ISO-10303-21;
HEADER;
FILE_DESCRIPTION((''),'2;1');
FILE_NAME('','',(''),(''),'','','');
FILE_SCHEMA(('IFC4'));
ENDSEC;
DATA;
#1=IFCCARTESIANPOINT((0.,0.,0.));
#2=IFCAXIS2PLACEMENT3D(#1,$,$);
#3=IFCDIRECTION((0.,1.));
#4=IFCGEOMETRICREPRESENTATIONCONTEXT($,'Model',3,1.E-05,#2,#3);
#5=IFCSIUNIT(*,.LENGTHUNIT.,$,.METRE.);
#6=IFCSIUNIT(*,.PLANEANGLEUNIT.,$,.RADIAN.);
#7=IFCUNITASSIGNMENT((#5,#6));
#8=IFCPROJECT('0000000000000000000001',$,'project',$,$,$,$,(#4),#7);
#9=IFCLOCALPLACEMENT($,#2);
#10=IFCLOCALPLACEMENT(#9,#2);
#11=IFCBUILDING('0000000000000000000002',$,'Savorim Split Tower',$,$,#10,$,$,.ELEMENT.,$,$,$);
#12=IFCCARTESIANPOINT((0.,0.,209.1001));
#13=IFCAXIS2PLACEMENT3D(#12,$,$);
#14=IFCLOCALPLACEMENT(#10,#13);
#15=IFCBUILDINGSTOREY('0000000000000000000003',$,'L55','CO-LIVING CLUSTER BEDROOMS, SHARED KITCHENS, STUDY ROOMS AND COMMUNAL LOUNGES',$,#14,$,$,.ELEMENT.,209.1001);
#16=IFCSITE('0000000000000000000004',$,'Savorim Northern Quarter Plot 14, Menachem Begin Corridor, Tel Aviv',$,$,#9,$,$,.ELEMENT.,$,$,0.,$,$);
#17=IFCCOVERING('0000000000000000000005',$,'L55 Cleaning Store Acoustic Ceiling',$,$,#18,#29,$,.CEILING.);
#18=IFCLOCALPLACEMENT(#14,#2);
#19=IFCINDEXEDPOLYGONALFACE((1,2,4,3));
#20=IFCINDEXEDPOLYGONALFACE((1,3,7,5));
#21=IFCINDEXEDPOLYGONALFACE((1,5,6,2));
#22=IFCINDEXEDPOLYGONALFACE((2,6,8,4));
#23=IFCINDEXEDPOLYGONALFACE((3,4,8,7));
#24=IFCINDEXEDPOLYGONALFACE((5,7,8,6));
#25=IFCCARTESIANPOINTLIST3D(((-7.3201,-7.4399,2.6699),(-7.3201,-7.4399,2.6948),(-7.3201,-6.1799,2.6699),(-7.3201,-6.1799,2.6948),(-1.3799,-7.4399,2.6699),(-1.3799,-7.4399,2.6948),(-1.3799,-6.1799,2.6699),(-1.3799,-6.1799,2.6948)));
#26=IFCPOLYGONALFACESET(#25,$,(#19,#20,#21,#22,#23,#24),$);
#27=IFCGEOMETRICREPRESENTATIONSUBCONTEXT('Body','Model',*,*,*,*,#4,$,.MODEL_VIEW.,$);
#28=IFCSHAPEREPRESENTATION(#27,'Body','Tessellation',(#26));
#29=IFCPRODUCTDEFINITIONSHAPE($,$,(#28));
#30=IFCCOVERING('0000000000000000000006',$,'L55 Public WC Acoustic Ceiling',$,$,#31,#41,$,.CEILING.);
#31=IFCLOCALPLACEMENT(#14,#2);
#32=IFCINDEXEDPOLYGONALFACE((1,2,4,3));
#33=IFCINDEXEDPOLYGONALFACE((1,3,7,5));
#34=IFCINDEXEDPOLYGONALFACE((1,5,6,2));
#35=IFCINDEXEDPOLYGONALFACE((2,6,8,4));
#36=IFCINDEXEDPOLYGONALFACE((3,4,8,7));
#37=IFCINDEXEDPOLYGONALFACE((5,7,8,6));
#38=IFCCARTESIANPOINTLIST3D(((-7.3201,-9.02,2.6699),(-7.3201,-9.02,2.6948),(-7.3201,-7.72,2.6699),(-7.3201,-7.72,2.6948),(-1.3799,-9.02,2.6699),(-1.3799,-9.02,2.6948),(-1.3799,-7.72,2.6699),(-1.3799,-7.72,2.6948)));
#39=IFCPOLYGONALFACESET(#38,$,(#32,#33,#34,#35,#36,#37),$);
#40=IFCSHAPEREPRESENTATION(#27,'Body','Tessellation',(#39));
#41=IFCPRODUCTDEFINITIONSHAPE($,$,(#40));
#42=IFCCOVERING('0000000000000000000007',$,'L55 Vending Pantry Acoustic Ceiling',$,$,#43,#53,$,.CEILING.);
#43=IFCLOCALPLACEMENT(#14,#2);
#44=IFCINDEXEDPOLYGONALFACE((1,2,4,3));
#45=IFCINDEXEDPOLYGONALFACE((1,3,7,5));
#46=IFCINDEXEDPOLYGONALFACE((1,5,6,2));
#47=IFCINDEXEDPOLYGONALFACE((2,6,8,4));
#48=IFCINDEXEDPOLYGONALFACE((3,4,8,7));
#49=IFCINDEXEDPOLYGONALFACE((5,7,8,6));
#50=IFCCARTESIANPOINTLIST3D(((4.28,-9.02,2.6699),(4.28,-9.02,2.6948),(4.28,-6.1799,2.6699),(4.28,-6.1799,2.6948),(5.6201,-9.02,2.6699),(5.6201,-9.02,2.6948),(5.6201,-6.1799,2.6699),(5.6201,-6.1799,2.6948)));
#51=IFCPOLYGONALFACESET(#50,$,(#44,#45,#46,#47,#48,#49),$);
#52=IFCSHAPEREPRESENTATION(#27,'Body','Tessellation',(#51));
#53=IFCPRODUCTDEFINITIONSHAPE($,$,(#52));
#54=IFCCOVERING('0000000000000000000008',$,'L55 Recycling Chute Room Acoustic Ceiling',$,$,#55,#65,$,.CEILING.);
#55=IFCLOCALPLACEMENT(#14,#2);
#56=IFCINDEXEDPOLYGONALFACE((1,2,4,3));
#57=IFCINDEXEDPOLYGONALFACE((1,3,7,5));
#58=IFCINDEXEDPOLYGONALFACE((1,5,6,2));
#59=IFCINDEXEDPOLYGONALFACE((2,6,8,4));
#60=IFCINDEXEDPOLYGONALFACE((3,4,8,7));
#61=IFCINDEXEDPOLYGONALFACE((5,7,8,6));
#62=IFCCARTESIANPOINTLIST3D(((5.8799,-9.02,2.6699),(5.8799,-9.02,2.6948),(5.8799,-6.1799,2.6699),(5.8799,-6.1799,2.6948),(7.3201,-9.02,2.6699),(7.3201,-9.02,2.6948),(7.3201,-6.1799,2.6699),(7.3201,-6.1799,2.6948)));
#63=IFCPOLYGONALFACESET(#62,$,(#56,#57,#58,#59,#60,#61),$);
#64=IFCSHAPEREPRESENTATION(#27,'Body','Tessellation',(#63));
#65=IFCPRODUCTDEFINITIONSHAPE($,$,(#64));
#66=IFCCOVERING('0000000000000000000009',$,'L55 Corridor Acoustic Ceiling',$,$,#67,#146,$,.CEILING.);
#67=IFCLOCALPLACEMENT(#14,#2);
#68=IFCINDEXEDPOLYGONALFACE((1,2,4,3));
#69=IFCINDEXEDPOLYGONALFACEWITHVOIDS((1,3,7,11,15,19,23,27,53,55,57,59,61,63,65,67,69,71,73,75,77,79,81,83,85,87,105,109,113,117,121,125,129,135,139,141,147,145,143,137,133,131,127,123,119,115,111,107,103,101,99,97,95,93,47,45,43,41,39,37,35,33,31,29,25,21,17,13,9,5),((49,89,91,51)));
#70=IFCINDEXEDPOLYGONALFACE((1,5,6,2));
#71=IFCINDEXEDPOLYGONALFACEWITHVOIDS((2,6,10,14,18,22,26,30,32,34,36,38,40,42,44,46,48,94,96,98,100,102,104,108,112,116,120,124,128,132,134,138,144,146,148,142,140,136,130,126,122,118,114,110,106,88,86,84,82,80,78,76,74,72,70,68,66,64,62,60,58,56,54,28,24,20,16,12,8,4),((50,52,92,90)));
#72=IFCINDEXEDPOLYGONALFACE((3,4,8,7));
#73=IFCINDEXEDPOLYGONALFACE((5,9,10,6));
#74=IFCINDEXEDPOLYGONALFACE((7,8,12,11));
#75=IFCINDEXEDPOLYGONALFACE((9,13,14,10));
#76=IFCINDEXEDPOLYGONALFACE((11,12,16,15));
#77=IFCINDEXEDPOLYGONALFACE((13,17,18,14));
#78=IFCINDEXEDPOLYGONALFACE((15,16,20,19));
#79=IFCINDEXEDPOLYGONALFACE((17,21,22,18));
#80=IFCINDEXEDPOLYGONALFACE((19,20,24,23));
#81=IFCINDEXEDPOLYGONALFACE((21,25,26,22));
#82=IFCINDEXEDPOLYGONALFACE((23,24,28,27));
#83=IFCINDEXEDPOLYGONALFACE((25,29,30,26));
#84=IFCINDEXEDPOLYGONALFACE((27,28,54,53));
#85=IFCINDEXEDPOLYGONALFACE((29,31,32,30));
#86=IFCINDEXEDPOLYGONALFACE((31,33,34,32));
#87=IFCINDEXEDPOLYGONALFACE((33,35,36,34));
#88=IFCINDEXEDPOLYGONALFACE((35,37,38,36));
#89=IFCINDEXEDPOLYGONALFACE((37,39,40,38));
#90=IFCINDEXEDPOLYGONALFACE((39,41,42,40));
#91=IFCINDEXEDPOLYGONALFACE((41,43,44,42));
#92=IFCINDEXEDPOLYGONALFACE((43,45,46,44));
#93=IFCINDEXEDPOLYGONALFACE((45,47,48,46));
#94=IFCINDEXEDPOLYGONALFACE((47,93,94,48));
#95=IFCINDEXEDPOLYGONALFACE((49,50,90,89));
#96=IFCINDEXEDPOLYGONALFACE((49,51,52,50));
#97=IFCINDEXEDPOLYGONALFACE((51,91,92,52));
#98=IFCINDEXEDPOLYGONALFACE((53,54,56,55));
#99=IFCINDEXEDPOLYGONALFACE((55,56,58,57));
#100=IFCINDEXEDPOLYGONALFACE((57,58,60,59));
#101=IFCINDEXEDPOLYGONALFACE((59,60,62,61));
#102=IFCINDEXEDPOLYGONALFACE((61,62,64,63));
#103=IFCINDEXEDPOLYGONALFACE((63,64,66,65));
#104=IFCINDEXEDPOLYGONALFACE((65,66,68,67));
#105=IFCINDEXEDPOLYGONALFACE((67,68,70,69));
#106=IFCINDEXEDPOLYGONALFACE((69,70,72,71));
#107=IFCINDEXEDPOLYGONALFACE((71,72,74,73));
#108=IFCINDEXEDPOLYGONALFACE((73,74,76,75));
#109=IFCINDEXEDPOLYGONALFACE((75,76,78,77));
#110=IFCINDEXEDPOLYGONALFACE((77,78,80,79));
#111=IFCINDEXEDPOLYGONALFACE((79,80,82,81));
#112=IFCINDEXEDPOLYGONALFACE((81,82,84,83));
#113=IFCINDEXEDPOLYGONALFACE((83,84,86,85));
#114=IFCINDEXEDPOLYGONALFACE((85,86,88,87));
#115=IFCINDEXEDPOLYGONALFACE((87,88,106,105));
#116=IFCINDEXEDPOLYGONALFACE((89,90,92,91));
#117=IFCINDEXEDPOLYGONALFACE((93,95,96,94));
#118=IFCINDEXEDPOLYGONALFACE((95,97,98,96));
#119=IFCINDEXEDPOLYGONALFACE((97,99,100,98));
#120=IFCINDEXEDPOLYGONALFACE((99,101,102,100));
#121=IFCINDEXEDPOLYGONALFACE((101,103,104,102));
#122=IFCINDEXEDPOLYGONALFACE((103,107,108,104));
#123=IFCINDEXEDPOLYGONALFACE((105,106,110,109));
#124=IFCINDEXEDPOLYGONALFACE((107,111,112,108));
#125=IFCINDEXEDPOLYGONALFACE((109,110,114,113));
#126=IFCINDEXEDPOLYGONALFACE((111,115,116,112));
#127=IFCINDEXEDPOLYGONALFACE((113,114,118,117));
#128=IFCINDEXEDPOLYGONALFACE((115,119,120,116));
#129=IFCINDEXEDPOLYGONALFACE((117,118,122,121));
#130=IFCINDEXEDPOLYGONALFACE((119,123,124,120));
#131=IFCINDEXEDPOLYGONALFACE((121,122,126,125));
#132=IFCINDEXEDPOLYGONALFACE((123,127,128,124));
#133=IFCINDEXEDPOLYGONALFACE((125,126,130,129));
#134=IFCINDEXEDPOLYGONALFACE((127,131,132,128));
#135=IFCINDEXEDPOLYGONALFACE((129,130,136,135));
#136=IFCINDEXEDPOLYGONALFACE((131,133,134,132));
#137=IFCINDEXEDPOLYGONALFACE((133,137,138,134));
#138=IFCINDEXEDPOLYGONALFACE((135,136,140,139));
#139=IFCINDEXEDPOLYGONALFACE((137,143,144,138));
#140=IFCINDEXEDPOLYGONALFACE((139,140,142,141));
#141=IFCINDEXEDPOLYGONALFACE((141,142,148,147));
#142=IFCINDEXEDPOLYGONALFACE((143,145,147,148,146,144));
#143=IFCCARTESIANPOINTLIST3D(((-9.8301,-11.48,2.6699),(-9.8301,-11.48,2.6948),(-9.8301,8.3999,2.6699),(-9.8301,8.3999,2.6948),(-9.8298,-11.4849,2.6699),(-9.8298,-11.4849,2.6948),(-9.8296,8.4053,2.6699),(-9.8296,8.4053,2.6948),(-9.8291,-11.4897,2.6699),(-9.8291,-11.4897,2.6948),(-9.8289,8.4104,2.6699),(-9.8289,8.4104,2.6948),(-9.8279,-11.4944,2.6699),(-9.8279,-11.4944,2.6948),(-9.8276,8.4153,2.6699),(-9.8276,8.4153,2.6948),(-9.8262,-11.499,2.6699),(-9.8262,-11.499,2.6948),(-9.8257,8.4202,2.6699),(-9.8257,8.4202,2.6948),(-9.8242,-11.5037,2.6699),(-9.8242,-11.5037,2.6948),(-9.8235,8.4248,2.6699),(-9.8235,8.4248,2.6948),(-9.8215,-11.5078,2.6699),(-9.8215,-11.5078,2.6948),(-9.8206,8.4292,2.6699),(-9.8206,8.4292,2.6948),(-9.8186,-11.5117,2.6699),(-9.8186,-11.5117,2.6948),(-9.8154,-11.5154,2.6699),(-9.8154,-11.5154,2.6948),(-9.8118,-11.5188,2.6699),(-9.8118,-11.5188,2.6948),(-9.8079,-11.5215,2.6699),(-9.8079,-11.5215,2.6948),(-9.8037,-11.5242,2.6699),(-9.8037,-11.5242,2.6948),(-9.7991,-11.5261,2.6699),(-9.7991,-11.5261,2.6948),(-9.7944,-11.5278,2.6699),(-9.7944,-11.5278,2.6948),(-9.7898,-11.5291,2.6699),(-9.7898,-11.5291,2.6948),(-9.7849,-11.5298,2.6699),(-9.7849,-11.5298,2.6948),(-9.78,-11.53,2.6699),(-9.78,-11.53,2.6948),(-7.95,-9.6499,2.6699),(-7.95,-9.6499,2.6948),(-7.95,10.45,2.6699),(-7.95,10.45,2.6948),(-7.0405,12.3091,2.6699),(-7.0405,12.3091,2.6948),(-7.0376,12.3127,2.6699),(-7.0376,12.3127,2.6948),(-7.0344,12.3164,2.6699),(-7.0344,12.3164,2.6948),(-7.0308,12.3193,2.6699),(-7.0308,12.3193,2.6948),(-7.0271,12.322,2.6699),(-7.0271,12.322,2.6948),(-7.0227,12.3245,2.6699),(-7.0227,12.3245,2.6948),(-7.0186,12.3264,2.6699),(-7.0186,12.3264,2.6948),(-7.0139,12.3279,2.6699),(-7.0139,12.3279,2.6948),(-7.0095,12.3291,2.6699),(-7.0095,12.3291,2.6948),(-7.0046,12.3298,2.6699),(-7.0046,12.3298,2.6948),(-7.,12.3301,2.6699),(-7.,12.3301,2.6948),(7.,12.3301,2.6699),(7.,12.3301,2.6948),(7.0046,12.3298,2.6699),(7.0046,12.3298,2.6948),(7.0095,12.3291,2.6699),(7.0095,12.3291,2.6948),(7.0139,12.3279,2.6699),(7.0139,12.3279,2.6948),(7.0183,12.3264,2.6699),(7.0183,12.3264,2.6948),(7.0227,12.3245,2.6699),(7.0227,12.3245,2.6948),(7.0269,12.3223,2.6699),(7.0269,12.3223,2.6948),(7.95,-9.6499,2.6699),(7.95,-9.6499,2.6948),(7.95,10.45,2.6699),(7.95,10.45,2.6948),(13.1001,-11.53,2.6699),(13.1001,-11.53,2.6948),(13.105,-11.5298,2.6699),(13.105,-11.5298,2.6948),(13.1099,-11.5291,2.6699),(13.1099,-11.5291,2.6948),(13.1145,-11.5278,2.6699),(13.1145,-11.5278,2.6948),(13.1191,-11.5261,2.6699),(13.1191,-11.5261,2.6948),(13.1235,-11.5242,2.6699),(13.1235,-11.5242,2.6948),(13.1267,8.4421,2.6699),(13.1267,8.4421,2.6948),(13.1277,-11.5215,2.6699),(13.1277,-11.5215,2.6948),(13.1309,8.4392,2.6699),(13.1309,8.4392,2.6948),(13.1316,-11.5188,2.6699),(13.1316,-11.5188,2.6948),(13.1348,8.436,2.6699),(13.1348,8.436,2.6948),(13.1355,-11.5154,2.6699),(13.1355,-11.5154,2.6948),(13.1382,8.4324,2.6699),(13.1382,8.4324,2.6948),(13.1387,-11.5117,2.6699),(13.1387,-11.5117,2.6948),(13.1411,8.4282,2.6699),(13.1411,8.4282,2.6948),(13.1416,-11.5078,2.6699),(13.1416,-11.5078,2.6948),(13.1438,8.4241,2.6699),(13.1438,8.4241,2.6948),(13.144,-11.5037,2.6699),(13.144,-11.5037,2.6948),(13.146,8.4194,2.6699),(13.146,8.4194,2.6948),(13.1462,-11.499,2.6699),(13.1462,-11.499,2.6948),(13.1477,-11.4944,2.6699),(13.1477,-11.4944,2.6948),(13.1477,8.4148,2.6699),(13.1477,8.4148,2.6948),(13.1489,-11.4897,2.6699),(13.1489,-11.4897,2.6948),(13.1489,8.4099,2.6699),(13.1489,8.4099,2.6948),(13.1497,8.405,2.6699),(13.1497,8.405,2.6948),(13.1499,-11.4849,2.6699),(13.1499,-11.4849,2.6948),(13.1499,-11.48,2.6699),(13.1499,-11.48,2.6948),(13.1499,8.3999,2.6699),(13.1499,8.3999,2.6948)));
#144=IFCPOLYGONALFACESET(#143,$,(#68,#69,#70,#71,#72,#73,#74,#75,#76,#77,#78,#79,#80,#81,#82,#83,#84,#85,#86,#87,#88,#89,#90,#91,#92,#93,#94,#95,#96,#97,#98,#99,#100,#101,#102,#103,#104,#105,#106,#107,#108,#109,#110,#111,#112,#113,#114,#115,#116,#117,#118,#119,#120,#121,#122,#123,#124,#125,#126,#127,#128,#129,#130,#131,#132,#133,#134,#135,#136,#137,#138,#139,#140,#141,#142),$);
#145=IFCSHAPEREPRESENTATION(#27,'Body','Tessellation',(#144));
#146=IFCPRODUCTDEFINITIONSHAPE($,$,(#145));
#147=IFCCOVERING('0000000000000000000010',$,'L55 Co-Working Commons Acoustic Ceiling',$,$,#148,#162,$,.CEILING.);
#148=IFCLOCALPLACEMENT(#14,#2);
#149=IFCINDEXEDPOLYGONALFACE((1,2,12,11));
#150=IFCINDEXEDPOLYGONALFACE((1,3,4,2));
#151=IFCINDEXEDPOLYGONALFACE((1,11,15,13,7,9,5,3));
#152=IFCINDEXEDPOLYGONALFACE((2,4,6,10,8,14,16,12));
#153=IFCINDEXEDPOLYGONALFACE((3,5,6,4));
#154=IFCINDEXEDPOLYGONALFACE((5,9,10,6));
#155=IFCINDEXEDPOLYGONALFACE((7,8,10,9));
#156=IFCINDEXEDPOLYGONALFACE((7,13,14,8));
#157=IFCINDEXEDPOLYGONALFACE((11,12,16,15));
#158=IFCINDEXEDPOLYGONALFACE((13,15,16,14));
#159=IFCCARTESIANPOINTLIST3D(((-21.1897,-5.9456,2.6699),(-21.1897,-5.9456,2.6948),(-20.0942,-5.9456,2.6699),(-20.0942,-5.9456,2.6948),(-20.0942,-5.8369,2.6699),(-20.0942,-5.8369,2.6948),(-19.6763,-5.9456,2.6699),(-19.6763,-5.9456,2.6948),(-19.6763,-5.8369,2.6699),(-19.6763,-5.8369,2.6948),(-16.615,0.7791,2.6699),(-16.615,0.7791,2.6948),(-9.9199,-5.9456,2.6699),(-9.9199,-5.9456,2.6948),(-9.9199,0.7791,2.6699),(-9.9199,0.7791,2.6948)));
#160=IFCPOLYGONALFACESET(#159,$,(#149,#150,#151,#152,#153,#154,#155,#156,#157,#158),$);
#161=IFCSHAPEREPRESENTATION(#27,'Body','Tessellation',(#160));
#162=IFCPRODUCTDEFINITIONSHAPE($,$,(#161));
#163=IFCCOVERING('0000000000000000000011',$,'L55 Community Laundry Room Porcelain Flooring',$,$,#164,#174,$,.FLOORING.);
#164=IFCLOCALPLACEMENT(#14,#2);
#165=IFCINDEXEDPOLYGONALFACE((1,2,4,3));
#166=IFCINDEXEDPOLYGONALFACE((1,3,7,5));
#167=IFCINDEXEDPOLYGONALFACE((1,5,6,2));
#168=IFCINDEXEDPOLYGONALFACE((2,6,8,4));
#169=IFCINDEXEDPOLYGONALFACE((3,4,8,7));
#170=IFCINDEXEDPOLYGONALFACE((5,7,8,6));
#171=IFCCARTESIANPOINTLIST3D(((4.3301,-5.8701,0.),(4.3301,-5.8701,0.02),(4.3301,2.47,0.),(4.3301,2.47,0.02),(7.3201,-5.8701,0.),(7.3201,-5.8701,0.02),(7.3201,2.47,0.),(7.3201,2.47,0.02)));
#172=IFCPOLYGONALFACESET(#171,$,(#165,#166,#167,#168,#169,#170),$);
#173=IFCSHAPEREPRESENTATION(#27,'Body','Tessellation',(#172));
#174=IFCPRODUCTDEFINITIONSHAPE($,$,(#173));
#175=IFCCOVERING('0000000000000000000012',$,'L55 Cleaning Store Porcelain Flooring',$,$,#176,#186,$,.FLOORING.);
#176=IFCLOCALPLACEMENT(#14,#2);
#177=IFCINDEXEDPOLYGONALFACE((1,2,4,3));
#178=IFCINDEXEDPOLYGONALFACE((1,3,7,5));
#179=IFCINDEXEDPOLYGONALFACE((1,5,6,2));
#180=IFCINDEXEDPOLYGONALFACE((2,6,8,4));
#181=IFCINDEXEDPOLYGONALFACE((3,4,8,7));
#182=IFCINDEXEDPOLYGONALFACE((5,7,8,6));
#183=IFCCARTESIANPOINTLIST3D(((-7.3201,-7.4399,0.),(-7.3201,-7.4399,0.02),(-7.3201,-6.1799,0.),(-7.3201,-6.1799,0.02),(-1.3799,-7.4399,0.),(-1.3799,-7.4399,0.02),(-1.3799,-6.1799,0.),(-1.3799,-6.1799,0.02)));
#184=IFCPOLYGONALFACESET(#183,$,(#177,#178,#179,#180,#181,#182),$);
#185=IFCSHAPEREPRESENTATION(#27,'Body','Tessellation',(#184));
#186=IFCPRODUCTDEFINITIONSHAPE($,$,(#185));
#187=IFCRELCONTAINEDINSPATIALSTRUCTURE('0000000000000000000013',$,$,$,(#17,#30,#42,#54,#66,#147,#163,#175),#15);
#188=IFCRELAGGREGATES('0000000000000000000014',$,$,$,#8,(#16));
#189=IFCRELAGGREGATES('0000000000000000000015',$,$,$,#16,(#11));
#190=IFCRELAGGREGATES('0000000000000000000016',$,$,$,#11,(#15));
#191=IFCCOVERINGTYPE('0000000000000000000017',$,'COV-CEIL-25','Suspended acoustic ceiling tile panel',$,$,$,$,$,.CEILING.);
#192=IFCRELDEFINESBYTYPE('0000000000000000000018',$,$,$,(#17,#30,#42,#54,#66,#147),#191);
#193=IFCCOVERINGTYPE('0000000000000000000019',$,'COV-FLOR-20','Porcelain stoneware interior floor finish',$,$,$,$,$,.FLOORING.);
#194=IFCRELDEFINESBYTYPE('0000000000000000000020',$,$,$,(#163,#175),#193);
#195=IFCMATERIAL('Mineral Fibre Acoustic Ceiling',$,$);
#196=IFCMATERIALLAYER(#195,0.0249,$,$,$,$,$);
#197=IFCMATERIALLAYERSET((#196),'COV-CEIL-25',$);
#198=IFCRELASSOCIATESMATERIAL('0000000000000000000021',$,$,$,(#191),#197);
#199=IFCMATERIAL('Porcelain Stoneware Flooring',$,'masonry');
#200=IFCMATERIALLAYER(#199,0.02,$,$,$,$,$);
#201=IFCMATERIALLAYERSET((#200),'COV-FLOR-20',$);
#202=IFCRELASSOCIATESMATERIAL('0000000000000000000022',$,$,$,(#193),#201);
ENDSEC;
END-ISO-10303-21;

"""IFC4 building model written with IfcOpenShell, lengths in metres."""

from ifc_helpers import new_model, si_unit, direction, frame, origin, place, context, subcontext, project, spatial, polyline, outline, extrude, material, layer, layer_set, type_object, element, save


model = new_model("IFC4")

# Units and contexts
model_context = context("Model", 3, precision=1e-05, world=origin(), true_north=direction((0.0, 1.0)))
body_context = subcontext(model_context, "Body", "Model", "MODEL_VIEW")
ifc_project = project(units=[si_unit("LENGTHUNIT", "METRE"), si_unit("PLANEANGLEUNIT", "RADIAN")], contexts=[model_context])

# Site, building, storey
site_placement = place(None, origin())
site = spatial("IfcSite", under=ifc_project, at=site_placement, Name="Savorim Northern Quarter Plot 14, Menachem Begin Corridor, Tel Aviv", CompositionType="ELEMENT", RefElevation=0.0)
building_placement = place(site_placement, origin())
building = spatial("IfcBuilding", under=site, at=building_placement, Name="Savorim Split Tower", CompositionType="ELEMENT")
storey_placement = place(building_placement, frame((0.0, 0.0, 209.1001)))
storey = spatial("IfcBuildingStorey", under=building, at=storey_placement, Name="L55", Description="CO-LIVING CLUSTER BEDROOMS, SHARED KITCHENS, STUDY ROOMS AND COMMUNAL LOUNGES", CompositionType="ELEMENT", Elevation=209.1001)

# Coverings
ifc_material_1 = material(Name="Mineral Fibre Acoustic Ceiling")
ifc_layer_1 = layer(ifc_material_1, 0.0249)
ifc_layer_set_1 = layer_set([ifc_layer_1], Name="COV-CEIL-25")
covering_type_1 = type_object("IfcCoveringType", Name="COV-CEIL-25", Description="Suspended acoustic ceiling tile panel", PredefinedType="CEILING", material=ifc_layer_set_1)
covering_1_placement = place(storey_placement, frame((0.0, 0.0, 2.6699)))
element("IfcCovering", 1, at=covering_1_placement, inside=storey, type_object=covering_type_1, Name="L55 Cleaning Store Acoustic Ceiling", PredefinedType="CEILING", context=body_context, shape_type="SweptSolid", body=[
    extrude(outline(polyline([(-7.3201, -6.1799), (-7.3201, -7.4399), (-1.3799, -7.4399), (-1.3799, -6.1799), (-7.3201, -6.1799)])), origin(), (0.0, 0.0, 1.0), 0.0249),
])
covering_2_placement = place(storey_placement, frame((0.0, 0.0, 2.6699)))
element("IfcCovering", 2, at=covering_2_placement, inside=storey, type_object=covering_type_1, Name="L55 Public WC Acoustic Ceiling", PredefinedType="CEILING", context=body_context, shape_type="SweptSolid", body=[
    extrude(outline(polyline([(-7.3201, -7.72), (-7.3201, -9.02), (-1.3799, -9.02), (-1.3799, -7.72), (-7.3201, -7.72)])), origin(), (0.0, 0.0, 1.0), 0.0249),
])
covering_3_placement = place(storey_placement, frame((0.0, 0.0, 2.6699)))
element("IfcCovering", 3, at=covering_3_placement, inside=storey, type_object=covering_type_1, Name="L55 Vending Pantry Acoustic Ceiling", PredefinedType="CEILING", context=body_context, shape_type="SweptSolid", body=[
    extrude(outline(polyline([(4.28, -6.1799), (4.28, -9.02), (5.6201, -9.02), (5.6201, -6.1799), (4.28, -6.1799)])), origin(), (0.0, 0.0, 1.0), 0.0249),
])
covering_4_placement = place(storey_placement, frame((0.0, 0.0, 2.6699)))
element("IfcCovering", 4, at=covering_4_placement, inside=storey, type_object=covering_type_1, Name="L55 Recycling Chute Room Acoustic Ceiling", PredefinedType="CEILING", context=body_context, shape_type="SweptSolid", body=[
    extrude(outline(polyline([(5.8799, -6.1799), (5.8799, -9.02), (7.3201, -9.02), (7.3201, -6.1799), (5.8799, -6.1799)])), origin(), (0.0, 0.0, 1.0), 0.0249),
])
covering_5_placement = place(storey_placement, frame((0.0, 0.0, 2.6699)))
element("IfcCovering", 5, at=covering_5_placement, inside=storey, type_object=covering_type_1, Name="L55 Corridor Acoustic Ceiling", PredefinedType="CEILING", context=body_context, shape_type="SweptSolid", body=[
    extrude(outline(polyline([(7.0095, 12.3291), (7.0046, 12.3298), (7.0, 12.3301), (-7.0, 12.3301), (-7.0046, 12.3298), (-7.0095, 12.3291), (-7.0139, 12.3279), (-7.0186, 12.3264), (-7.0227, 12.3245), (-7.0271, 12.322), (-7.0308, 12.3193), (-7.0344, 12.3164), (-7.0376, 12.3127), (-7.0405, 12.3091), (-9.8206, 8.4292), (-9.8235, 8.4248), (-9.8257, 8.4202), (-9.8276, 8.4153), (-9.8289, 8.4104), (-9.8296, 8.4053), (-9.8301, 8.3999), (-9.8301, -11.48), (-9.8298, -11.4849), (-9.8291, -11.4897), (-9.8279, -11.4944), (-9.8262, -11.499), (-9.8242, -11.5037), (-9.8215, -11.5078), (-9.8186, -11.5117), (-9.8154, -11.5154), (-9.8118, -11.5188), (-9.8079, -11.5215), (-9.8037, -11.5242), (-9.7991, -11.5261), (-9.7944, -11.5278), (-9.7898, -11.5291), (-9.7849, -11.5298), (-9.78, -11.53), (13.1001, -11.53), (13.105, -11.5298), (13.1099, -11.5291), (13.1145, -11.5278), (13.1191, -11.5261), (13.1235, -11.5242), (13.1277, -11.5215), (13.1316, -11.5188), (13.1355, -11.5154), (13.1387, -11.5117), (13.1416, -11.5078), (13.144, -11.5037), (13.1462, -11.499), (13.1477, -11.4944), (13.1489, -11.4897), (13.1499, -11.4849), (13.1499, -11.48), (13.1499, 8.3999), (13.1497, 8.405), (13.1489, 8.4099), (13.1477, 8.4148), (13.146, 8.4194), (13.1438, 8.4241), (13.1411, 8.4282), (13.1382, 8.4324), (13.1348, 8.436), (13.1309, 8.4392), (13.1267, 8.4421), (7.0269, 12.3223), (7.0227, 12.3245), (7.0183, 12.3264), (7.0139, 12.3279), (7.0095, 12.3291)]), holes=[polyline([(-7.95, 10.45), (-7.95, -9.6499), (7.95, -9.6499), (7.95, 10.45), (-7.95, 10.45)])]), origin(), (0.0, 0.0, 1.0), 0.0249),
])
covering_6_placement = place(storey_placement, frame((0.0, 0.0, 2.6699)))
element("IfcCovering", 6, at=covering_6_placement, inside=storey, type_object=covering_type_1, Name="L55 Co-Working Commons Acoustic Ceiling", PredefinedType="CEILING", context=body_context, shape_type="SweptSolid", body=[
    extrude(outline(polyline([(-19.6763, -5.8369), (-19.6763, -5.9456), (-9.9199, -5.9456), (-9.9199, 0.7791), (-16.615, 0.7791), (-21.1897, -5.9456), (-20.0942, -5.9456), (-20.0942, -5.8369), (-19.6763, -5.8369)])), origin(), (0.0, 0.0, 1.0), 0.0249),
])
ifc_material_2 = material(Name="Porcelain Stoneware Flooring", Category="masonry")
ifc_layer_2 = layer(ifc_material_2, 0.02)
ifc_layer_set_2 = layer_set([ifc_layer_2], Name="COV-FLOR-20")
covering_type_2 = type_object("IfcCoveringType", Name="COV-FLOR-20", Description="Porcelain stoneware interior floor finish", PredefinedType="FLOORING", material=ifc_layer_set_2)
covering_7_placement = place(storey_placement, origin())
element("IfcCovering", 7, at=covering_7_placement, inside=storey, type_object=covering_type_2, Name="L55 Community Laundry Room Porcelain Flooring", PredefinedType="FLOORING", context=body_context, shape_type="SweptSolid", body=[
    extrude(outline(polyline([(4.3301, 2.47), (4.3301, -5.8701), (7.3201, -5.8701), (7.3201, 2.47), (4.3301, 2.47)])), origin(), (0.0, 0.0, 1.0), 0.02),
])
covering_8_placement = place(storey_placement, origin())
element("IfcCovering", 8, at=covering_8_placement, inside=storey, type_object=covering_type_2, Name="L55 Cleaning Store Porcelain Flooring", PredefinedType="FLOORING", context=body_context, shape_type="SweptSolid", body=[
    extrude(outline(polyline([(-7.3201, -6.1799), (-7.3201, -7.4399), (-1.3799, -7.4399), (-1.3799, -6.1799), (-7.3201, -6.1799)])), origin(), (0.0, 0.0, 1.0), 0.02),
])

save(model, "model.ifc")
